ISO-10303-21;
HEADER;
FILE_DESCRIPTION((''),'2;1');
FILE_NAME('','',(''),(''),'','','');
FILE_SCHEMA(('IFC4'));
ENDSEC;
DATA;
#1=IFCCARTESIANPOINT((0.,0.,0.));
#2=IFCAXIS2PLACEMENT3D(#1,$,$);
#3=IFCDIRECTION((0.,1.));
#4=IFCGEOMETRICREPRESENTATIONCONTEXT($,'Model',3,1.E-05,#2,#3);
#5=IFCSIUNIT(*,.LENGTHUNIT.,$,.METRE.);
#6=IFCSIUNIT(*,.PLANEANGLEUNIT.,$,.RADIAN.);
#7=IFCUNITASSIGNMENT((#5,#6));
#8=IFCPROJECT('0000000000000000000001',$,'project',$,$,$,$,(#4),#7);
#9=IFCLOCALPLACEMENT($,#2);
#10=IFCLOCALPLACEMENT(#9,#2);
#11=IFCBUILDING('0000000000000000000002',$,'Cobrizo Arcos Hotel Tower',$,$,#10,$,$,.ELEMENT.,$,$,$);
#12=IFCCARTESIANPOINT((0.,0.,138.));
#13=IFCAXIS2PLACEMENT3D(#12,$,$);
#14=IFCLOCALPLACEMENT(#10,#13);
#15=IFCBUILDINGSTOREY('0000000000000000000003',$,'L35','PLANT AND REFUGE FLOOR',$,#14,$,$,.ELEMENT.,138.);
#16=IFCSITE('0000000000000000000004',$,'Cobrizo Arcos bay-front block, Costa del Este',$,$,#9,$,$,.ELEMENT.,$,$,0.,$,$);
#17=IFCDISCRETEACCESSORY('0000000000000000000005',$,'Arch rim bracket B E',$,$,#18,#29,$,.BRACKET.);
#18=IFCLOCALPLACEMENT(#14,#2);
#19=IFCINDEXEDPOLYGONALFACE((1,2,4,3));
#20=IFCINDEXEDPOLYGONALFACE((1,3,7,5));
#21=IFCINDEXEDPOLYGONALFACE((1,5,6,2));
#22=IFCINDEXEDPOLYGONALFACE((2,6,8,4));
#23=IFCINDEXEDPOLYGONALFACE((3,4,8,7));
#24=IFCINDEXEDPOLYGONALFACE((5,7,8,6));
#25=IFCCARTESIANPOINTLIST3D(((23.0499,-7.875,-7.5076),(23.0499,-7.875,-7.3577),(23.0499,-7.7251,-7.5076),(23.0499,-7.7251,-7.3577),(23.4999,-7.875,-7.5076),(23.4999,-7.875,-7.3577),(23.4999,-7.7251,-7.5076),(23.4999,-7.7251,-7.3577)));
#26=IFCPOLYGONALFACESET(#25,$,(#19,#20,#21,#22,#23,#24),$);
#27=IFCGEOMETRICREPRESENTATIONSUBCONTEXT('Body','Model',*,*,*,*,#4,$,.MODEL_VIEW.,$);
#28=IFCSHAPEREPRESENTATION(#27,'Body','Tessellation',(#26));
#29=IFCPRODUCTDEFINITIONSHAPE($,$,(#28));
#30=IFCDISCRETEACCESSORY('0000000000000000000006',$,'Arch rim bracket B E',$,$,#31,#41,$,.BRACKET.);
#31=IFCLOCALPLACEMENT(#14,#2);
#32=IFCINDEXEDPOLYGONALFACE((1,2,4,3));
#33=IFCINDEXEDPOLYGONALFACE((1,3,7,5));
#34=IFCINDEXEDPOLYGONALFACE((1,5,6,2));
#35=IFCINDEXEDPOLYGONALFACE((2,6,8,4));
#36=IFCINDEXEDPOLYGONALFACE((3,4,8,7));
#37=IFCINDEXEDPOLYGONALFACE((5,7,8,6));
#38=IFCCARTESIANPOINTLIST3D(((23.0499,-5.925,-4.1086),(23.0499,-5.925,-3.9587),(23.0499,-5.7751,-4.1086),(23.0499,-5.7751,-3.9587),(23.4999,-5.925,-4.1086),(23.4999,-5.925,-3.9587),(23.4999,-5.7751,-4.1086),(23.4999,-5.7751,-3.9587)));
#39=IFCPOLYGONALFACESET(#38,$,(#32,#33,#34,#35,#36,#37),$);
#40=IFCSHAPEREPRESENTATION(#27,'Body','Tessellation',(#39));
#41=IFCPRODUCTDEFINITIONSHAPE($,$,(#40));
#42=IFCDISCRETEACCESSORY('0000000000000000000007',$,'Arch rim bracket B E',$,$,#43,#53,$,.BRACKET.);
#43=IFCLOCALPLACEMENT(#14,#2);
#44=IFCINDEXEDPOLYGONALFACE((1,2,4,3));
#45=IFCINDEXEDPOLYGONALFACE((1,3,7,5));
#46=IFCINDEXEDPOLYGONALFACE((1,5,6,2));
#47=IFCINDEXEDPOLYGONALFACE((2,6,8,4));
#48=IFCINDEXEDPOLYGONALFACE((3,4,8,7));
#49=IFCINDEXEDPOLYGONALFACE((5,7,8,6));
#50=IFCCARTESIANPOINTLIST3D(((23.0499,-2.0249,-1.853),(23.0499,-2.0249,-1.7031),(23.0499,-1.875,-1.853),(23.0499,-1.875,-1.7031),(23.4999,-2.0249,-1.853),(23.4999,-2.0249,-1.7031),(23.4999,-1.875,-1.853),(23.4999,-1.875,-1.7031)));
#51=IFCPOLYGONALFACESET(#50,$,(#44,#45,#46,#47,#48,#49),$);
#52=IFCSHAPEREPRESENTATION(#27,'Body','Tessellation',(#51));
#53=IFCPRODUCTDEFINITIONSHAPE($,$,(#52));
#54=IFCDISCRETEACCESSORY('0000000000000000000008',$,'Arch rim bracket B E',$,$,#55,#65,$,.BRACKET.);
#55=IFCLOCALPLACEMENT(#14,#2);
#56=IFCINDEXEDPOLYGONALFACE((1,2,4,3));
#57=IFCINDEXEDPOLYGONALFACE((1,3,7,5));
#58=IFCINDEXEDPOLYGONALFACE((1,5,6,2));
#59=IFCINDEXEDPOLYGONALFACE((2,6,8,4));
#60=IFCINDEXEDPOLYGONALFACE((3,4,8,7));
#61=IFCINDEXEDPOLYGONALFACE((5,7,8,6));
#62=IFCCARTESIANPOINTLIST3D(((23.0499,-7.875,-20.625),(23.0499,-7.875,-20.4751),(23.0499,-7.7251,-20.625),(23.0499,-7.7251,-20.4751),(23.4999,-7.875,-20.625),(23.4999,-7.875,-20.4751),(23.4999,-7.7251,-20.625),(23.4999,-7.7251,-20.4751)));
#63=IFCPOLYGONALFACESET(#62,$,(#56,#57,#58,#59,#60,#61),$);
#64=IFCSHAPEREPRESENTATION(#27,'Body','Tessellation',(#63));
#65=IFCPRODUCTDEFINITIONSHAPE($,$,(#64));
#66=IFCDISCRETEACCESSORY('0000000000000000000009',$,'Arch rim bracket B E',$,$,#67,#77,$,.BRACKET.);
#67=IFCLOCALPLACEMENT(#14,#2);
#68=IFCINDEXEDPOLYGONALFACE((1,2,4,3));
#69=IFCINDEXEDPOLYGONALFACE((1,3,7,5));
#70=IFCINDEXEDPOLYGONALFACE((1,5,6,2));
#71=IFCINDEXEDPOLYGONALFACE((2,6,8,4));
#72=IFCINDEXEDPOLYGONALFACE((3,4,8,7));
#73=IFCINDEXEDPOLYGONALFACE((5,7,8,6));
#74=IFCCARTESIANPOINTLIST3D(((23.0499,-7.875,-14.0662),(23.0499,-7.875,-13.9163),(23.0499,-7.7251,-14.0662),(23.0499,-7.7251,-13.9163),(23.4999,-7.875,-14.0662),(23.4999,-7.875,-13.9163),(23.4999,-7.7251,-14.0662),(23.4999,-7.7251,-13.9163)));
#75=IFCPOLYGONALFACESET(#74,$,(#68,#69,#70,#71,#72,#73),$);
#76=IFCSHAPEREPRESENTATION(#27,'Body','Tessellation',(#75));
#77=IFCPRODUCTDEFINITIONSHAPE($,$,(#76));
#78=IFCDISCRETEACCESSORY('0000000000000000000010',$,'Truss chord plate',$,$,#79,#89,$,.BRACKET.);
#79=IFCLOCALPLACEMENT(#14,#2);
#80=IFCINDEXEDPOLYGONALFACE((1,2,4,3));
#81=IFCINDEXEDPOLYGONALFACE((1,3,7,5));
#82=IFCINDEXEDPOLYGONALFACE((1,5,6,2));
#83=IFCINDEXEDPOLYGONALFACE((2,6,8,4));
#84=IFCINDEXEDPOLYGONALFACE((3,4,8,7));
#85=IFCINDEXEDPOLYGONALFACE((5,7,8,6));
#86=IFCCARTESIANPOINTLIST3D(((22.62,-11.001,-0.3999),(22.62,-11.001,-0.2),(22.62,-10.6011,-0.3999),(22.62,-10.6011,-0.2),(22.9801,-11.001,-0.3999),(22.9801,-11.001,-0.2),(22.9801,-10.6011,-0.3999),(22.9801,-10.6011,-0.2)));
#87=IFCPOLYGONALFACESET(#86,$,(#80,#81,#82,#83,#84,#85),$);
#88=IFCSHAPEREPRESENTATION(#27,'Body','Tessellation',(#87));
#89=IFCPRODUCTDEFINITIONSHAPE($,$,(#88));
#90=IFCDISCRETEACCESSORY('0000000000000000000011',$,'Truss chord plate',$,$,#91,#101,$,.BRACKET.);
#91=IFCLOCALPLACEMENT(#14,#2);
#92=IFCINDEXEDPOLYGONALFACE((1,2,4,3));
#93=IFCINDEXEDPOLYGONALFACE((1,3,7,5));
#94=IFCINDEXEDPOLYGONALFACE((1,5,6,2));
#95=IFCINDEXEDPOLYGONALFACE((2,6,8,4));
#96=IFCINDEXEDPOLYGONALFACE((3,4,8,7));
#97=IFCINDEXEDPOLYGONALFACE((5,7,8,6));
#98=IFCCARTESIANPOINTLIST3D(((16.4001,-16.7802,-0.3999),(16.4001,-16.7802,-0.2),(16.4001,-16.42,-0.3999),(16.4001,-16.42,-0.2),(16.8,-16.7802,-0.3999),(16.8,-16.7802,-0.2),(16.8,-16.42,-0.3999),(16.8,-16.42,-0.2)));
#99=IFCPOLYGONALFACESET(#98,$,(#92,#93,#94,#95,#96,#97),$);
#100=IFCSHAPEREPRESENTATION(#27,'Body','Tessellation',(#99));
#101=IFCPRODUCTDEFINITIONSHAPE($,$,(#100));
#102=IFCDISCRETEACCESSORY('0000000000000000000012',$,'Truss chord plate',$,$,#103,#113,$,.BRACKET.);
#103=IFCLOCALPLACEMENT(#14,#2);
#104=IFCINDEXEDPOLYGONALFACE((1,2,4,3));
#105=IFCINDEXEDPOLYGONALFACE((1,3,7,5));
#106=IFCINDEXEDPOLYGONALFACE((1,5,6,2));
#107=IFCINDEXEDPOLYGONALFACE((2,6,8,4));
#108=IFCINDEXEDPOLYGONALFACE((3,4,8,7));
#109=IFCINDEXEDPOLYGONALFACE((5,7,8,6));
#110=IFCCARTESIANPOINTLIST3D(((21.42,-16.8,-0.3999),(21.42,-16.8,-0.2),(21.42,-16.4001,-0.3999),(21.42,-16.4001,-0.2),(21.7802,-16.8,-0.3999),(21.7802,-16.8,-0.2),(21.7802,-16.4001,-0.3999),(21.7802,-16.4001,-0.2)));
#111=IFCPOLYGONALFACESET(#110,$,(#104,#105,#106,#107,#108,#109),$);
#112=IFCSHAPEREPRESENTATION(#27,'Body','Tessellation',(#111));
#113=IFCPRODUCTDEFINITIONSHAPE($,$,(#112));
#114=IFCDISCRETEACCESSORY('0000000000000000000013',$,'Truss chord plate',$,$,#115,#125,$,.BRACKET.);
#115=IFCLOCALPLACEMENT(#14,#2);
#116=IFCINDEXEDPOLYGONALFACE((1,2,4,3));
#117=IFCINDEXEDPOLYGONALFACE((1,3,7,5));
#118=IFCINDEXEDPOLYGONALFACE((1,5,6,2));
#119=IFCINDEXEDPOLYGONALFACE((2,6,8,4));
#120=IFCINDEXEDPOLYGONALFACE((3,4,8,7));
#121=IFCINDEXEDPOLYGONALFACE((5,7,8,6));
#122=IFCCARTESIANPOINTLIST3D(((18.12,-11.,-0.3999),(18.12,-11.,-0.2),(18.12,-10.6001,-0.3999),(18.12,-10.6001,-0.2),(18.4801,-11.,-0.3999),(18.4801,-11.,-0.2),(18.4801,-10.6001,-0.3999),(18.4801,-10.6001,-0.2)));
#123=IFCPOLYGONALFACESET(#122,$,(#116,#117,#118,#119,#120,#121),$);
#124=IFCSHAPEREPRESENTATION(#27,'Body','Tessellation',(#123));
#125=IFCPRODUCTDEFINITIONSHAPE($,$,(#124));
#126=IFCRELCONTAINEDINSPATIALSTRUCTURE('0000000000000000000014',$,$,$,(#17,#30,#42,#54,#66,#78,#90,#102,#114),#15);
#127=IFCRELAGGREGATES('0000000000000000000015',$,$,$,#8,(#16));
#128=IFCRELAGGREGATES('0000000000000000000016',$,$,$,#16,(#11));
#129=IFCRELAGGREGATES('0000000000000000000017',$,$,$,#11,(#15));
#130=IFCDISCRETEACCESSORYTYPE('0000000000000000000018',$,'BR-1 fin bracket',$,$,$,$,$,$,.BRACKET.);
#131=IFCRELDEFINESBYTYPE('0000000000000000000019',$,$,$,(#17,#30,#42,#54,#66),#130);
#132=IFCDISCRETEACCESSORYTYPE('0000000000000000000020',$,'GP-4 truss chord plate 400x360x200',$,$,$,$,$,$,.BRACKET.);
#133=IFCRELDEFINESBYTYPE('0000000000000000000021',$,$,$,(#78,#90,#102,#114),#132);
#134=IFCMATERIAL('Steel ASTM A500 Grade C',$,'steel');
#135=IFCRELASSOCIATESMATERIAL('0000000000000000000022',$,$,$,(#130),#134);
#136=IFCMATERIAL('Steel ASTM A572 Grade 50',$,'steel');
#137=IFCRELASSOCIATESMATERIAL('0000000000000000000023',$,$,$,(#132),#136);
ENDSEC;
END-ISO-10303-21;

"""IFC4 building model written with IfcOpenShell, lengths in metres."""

from ifc_helpers import new_model, si_unit, direction, frame, origin, origin_2d, place, context, subcontext, project, spatial, rectangle, extrude, material, type_object, element, save


model = new_model("IFC4")

# Units and contexts
model_context = context("Model", 3, precision=1e-05, world=origin(), true_north=direction((0.0, 1.0)))
body_context = subcontext(model_context, "Body", "Model", "MODEL_VIEW")
ifc_project = project(units=[si_unit("LENGTHUNIT", "METRE"), si_unit("PLANEANGLEUNIT", "RADIAN")], contexts=[model_context])

# Site, building, storey
site_placement = place(None, origin())
site = spatial("IfcSite", under=ifc_project, at=site_placement, Name="Cobrizo Arcos bay-front block, Costa del Este", CompositionType="ELEMENT", RefElevation=0.0)
building_placement = place(site_placement, origin())
building = spatial("IfcBuilding", under=site, at=building_placement, Name="Cobrizo Arcos Hotel Tower", CompositionType="ELEMENT")
storey_placement = place(building_placement, frame((0.0, 0.0, 138.0)))
storey = spatial("IfcBuildingStorey", under=building, at=storey_placement, Name="L35", Description="PLANT AND REFUGE FLOOR", CompositionType="ELEMENT", Elevation=138.0)

# Shared definitions
ifc_material_1 = material(Name="Steel ASTM A572 Grade 50", Category="steel")

# Shared definitions
ifc_material_2 = material(Name="Steel ASTM A500 Grade C", Category="steel")

# Discrete accessories
discrete_accessory_type_1 = type_object("IfcDiscreteAccessoryType", Name="BR-1 fin bracket", PredefinedType="BRACKET", material=ifc_material_2)
for number, where, z_axis, x_axis, name in (
    (1, (23.2749, -7.8, -7.5076), (0.0, 0.0, 1.0), (1.0, 0.0, 0.0), "Arch rim bracket B E"),
    (2, (23.2749, -5.8501, -4.1086), (0.0, 0.0, 1.0), (1.0, 0.0, 0.0), "Arch rim bracket B E"),
    (3, (23.2749, -1.95, -1.853), (0.0, 0.0, 1.0), (1.0, 0.0, 0.0), "Arch rim bracket B E"),
    (4, (23.2749, -7.8, -20.625), (0.0, 0.0, 1.0), (1.0, 0.0, 0.0), "Arch rim bracket B E"),
    (5, (23.2749, -7.8, -14.0662), (0.0, 0.0, 1.0), (1.0, 0.0, 0.0), "Arch rim bracket B E"),
):
    element("IfcDiscreteAccessory", number, at=place(storey_placement, frame(where, z_axis=z_axis, x_axis=x_axis)), inside=storey, type_object=discrete_accessory_type_1, Name=name, PredefinedType="BRACKET", context=body_context, shape_type="SweptSolid", body=[
        extrude(rectangle(XDim=0.45, YDim=0.1499, at=origin_2d()), origin(), (0.0, 0.0, 1.0), 0.1499),
    ])
discrete_accessory_type_2 = type_object("IfcDiscreteAccessoryType", Name="GP-4 truss chord plate 400x360x200", PredefinedType="BRACKET", material=ifc_material_1)
for number, where, z_axis, x_axis, name in (
    (6, (22.8, -10.801, -0.3999), (0.0, 0.0, 1.0), (0.0, 1.0, 0.0), "Truss chord plate"),
    (7, (16.6001, -16.6001, -0.3999), (0.0, 0.0, 1.0), (1.0, 0.0, 0.0), "Truss chord plate"),
    (8, (21.6001, -16.6001, -0.3999), (0.0, 0.0, 1.0), (0.0, 1.0, 0.0), "Truss chord plate"),
    (9, (18.3, -10.8, -0.3999), (0.0, 0.0, 1.0), (0.0, -1.0, 0.0), "Truss chord plate"),
):
    element("IfcDiscreteAccessory", number, at=place(storey_placement, frame(where, z_axis=z_axis, x_axis=x_axis)), inside=storey, type_object=discrete_accessory_type_2, Name=name, PredefinedType="BRACKET", context=body_context, shape_type="SweptSolid", body=[
        extrude(rectangle(XDim=0.3999, YDim=0.3601, at=origin_2d()), origin(), (0.0, 0.0, 1.0), 0.2),
    ])

save(model, "model.ifc")
